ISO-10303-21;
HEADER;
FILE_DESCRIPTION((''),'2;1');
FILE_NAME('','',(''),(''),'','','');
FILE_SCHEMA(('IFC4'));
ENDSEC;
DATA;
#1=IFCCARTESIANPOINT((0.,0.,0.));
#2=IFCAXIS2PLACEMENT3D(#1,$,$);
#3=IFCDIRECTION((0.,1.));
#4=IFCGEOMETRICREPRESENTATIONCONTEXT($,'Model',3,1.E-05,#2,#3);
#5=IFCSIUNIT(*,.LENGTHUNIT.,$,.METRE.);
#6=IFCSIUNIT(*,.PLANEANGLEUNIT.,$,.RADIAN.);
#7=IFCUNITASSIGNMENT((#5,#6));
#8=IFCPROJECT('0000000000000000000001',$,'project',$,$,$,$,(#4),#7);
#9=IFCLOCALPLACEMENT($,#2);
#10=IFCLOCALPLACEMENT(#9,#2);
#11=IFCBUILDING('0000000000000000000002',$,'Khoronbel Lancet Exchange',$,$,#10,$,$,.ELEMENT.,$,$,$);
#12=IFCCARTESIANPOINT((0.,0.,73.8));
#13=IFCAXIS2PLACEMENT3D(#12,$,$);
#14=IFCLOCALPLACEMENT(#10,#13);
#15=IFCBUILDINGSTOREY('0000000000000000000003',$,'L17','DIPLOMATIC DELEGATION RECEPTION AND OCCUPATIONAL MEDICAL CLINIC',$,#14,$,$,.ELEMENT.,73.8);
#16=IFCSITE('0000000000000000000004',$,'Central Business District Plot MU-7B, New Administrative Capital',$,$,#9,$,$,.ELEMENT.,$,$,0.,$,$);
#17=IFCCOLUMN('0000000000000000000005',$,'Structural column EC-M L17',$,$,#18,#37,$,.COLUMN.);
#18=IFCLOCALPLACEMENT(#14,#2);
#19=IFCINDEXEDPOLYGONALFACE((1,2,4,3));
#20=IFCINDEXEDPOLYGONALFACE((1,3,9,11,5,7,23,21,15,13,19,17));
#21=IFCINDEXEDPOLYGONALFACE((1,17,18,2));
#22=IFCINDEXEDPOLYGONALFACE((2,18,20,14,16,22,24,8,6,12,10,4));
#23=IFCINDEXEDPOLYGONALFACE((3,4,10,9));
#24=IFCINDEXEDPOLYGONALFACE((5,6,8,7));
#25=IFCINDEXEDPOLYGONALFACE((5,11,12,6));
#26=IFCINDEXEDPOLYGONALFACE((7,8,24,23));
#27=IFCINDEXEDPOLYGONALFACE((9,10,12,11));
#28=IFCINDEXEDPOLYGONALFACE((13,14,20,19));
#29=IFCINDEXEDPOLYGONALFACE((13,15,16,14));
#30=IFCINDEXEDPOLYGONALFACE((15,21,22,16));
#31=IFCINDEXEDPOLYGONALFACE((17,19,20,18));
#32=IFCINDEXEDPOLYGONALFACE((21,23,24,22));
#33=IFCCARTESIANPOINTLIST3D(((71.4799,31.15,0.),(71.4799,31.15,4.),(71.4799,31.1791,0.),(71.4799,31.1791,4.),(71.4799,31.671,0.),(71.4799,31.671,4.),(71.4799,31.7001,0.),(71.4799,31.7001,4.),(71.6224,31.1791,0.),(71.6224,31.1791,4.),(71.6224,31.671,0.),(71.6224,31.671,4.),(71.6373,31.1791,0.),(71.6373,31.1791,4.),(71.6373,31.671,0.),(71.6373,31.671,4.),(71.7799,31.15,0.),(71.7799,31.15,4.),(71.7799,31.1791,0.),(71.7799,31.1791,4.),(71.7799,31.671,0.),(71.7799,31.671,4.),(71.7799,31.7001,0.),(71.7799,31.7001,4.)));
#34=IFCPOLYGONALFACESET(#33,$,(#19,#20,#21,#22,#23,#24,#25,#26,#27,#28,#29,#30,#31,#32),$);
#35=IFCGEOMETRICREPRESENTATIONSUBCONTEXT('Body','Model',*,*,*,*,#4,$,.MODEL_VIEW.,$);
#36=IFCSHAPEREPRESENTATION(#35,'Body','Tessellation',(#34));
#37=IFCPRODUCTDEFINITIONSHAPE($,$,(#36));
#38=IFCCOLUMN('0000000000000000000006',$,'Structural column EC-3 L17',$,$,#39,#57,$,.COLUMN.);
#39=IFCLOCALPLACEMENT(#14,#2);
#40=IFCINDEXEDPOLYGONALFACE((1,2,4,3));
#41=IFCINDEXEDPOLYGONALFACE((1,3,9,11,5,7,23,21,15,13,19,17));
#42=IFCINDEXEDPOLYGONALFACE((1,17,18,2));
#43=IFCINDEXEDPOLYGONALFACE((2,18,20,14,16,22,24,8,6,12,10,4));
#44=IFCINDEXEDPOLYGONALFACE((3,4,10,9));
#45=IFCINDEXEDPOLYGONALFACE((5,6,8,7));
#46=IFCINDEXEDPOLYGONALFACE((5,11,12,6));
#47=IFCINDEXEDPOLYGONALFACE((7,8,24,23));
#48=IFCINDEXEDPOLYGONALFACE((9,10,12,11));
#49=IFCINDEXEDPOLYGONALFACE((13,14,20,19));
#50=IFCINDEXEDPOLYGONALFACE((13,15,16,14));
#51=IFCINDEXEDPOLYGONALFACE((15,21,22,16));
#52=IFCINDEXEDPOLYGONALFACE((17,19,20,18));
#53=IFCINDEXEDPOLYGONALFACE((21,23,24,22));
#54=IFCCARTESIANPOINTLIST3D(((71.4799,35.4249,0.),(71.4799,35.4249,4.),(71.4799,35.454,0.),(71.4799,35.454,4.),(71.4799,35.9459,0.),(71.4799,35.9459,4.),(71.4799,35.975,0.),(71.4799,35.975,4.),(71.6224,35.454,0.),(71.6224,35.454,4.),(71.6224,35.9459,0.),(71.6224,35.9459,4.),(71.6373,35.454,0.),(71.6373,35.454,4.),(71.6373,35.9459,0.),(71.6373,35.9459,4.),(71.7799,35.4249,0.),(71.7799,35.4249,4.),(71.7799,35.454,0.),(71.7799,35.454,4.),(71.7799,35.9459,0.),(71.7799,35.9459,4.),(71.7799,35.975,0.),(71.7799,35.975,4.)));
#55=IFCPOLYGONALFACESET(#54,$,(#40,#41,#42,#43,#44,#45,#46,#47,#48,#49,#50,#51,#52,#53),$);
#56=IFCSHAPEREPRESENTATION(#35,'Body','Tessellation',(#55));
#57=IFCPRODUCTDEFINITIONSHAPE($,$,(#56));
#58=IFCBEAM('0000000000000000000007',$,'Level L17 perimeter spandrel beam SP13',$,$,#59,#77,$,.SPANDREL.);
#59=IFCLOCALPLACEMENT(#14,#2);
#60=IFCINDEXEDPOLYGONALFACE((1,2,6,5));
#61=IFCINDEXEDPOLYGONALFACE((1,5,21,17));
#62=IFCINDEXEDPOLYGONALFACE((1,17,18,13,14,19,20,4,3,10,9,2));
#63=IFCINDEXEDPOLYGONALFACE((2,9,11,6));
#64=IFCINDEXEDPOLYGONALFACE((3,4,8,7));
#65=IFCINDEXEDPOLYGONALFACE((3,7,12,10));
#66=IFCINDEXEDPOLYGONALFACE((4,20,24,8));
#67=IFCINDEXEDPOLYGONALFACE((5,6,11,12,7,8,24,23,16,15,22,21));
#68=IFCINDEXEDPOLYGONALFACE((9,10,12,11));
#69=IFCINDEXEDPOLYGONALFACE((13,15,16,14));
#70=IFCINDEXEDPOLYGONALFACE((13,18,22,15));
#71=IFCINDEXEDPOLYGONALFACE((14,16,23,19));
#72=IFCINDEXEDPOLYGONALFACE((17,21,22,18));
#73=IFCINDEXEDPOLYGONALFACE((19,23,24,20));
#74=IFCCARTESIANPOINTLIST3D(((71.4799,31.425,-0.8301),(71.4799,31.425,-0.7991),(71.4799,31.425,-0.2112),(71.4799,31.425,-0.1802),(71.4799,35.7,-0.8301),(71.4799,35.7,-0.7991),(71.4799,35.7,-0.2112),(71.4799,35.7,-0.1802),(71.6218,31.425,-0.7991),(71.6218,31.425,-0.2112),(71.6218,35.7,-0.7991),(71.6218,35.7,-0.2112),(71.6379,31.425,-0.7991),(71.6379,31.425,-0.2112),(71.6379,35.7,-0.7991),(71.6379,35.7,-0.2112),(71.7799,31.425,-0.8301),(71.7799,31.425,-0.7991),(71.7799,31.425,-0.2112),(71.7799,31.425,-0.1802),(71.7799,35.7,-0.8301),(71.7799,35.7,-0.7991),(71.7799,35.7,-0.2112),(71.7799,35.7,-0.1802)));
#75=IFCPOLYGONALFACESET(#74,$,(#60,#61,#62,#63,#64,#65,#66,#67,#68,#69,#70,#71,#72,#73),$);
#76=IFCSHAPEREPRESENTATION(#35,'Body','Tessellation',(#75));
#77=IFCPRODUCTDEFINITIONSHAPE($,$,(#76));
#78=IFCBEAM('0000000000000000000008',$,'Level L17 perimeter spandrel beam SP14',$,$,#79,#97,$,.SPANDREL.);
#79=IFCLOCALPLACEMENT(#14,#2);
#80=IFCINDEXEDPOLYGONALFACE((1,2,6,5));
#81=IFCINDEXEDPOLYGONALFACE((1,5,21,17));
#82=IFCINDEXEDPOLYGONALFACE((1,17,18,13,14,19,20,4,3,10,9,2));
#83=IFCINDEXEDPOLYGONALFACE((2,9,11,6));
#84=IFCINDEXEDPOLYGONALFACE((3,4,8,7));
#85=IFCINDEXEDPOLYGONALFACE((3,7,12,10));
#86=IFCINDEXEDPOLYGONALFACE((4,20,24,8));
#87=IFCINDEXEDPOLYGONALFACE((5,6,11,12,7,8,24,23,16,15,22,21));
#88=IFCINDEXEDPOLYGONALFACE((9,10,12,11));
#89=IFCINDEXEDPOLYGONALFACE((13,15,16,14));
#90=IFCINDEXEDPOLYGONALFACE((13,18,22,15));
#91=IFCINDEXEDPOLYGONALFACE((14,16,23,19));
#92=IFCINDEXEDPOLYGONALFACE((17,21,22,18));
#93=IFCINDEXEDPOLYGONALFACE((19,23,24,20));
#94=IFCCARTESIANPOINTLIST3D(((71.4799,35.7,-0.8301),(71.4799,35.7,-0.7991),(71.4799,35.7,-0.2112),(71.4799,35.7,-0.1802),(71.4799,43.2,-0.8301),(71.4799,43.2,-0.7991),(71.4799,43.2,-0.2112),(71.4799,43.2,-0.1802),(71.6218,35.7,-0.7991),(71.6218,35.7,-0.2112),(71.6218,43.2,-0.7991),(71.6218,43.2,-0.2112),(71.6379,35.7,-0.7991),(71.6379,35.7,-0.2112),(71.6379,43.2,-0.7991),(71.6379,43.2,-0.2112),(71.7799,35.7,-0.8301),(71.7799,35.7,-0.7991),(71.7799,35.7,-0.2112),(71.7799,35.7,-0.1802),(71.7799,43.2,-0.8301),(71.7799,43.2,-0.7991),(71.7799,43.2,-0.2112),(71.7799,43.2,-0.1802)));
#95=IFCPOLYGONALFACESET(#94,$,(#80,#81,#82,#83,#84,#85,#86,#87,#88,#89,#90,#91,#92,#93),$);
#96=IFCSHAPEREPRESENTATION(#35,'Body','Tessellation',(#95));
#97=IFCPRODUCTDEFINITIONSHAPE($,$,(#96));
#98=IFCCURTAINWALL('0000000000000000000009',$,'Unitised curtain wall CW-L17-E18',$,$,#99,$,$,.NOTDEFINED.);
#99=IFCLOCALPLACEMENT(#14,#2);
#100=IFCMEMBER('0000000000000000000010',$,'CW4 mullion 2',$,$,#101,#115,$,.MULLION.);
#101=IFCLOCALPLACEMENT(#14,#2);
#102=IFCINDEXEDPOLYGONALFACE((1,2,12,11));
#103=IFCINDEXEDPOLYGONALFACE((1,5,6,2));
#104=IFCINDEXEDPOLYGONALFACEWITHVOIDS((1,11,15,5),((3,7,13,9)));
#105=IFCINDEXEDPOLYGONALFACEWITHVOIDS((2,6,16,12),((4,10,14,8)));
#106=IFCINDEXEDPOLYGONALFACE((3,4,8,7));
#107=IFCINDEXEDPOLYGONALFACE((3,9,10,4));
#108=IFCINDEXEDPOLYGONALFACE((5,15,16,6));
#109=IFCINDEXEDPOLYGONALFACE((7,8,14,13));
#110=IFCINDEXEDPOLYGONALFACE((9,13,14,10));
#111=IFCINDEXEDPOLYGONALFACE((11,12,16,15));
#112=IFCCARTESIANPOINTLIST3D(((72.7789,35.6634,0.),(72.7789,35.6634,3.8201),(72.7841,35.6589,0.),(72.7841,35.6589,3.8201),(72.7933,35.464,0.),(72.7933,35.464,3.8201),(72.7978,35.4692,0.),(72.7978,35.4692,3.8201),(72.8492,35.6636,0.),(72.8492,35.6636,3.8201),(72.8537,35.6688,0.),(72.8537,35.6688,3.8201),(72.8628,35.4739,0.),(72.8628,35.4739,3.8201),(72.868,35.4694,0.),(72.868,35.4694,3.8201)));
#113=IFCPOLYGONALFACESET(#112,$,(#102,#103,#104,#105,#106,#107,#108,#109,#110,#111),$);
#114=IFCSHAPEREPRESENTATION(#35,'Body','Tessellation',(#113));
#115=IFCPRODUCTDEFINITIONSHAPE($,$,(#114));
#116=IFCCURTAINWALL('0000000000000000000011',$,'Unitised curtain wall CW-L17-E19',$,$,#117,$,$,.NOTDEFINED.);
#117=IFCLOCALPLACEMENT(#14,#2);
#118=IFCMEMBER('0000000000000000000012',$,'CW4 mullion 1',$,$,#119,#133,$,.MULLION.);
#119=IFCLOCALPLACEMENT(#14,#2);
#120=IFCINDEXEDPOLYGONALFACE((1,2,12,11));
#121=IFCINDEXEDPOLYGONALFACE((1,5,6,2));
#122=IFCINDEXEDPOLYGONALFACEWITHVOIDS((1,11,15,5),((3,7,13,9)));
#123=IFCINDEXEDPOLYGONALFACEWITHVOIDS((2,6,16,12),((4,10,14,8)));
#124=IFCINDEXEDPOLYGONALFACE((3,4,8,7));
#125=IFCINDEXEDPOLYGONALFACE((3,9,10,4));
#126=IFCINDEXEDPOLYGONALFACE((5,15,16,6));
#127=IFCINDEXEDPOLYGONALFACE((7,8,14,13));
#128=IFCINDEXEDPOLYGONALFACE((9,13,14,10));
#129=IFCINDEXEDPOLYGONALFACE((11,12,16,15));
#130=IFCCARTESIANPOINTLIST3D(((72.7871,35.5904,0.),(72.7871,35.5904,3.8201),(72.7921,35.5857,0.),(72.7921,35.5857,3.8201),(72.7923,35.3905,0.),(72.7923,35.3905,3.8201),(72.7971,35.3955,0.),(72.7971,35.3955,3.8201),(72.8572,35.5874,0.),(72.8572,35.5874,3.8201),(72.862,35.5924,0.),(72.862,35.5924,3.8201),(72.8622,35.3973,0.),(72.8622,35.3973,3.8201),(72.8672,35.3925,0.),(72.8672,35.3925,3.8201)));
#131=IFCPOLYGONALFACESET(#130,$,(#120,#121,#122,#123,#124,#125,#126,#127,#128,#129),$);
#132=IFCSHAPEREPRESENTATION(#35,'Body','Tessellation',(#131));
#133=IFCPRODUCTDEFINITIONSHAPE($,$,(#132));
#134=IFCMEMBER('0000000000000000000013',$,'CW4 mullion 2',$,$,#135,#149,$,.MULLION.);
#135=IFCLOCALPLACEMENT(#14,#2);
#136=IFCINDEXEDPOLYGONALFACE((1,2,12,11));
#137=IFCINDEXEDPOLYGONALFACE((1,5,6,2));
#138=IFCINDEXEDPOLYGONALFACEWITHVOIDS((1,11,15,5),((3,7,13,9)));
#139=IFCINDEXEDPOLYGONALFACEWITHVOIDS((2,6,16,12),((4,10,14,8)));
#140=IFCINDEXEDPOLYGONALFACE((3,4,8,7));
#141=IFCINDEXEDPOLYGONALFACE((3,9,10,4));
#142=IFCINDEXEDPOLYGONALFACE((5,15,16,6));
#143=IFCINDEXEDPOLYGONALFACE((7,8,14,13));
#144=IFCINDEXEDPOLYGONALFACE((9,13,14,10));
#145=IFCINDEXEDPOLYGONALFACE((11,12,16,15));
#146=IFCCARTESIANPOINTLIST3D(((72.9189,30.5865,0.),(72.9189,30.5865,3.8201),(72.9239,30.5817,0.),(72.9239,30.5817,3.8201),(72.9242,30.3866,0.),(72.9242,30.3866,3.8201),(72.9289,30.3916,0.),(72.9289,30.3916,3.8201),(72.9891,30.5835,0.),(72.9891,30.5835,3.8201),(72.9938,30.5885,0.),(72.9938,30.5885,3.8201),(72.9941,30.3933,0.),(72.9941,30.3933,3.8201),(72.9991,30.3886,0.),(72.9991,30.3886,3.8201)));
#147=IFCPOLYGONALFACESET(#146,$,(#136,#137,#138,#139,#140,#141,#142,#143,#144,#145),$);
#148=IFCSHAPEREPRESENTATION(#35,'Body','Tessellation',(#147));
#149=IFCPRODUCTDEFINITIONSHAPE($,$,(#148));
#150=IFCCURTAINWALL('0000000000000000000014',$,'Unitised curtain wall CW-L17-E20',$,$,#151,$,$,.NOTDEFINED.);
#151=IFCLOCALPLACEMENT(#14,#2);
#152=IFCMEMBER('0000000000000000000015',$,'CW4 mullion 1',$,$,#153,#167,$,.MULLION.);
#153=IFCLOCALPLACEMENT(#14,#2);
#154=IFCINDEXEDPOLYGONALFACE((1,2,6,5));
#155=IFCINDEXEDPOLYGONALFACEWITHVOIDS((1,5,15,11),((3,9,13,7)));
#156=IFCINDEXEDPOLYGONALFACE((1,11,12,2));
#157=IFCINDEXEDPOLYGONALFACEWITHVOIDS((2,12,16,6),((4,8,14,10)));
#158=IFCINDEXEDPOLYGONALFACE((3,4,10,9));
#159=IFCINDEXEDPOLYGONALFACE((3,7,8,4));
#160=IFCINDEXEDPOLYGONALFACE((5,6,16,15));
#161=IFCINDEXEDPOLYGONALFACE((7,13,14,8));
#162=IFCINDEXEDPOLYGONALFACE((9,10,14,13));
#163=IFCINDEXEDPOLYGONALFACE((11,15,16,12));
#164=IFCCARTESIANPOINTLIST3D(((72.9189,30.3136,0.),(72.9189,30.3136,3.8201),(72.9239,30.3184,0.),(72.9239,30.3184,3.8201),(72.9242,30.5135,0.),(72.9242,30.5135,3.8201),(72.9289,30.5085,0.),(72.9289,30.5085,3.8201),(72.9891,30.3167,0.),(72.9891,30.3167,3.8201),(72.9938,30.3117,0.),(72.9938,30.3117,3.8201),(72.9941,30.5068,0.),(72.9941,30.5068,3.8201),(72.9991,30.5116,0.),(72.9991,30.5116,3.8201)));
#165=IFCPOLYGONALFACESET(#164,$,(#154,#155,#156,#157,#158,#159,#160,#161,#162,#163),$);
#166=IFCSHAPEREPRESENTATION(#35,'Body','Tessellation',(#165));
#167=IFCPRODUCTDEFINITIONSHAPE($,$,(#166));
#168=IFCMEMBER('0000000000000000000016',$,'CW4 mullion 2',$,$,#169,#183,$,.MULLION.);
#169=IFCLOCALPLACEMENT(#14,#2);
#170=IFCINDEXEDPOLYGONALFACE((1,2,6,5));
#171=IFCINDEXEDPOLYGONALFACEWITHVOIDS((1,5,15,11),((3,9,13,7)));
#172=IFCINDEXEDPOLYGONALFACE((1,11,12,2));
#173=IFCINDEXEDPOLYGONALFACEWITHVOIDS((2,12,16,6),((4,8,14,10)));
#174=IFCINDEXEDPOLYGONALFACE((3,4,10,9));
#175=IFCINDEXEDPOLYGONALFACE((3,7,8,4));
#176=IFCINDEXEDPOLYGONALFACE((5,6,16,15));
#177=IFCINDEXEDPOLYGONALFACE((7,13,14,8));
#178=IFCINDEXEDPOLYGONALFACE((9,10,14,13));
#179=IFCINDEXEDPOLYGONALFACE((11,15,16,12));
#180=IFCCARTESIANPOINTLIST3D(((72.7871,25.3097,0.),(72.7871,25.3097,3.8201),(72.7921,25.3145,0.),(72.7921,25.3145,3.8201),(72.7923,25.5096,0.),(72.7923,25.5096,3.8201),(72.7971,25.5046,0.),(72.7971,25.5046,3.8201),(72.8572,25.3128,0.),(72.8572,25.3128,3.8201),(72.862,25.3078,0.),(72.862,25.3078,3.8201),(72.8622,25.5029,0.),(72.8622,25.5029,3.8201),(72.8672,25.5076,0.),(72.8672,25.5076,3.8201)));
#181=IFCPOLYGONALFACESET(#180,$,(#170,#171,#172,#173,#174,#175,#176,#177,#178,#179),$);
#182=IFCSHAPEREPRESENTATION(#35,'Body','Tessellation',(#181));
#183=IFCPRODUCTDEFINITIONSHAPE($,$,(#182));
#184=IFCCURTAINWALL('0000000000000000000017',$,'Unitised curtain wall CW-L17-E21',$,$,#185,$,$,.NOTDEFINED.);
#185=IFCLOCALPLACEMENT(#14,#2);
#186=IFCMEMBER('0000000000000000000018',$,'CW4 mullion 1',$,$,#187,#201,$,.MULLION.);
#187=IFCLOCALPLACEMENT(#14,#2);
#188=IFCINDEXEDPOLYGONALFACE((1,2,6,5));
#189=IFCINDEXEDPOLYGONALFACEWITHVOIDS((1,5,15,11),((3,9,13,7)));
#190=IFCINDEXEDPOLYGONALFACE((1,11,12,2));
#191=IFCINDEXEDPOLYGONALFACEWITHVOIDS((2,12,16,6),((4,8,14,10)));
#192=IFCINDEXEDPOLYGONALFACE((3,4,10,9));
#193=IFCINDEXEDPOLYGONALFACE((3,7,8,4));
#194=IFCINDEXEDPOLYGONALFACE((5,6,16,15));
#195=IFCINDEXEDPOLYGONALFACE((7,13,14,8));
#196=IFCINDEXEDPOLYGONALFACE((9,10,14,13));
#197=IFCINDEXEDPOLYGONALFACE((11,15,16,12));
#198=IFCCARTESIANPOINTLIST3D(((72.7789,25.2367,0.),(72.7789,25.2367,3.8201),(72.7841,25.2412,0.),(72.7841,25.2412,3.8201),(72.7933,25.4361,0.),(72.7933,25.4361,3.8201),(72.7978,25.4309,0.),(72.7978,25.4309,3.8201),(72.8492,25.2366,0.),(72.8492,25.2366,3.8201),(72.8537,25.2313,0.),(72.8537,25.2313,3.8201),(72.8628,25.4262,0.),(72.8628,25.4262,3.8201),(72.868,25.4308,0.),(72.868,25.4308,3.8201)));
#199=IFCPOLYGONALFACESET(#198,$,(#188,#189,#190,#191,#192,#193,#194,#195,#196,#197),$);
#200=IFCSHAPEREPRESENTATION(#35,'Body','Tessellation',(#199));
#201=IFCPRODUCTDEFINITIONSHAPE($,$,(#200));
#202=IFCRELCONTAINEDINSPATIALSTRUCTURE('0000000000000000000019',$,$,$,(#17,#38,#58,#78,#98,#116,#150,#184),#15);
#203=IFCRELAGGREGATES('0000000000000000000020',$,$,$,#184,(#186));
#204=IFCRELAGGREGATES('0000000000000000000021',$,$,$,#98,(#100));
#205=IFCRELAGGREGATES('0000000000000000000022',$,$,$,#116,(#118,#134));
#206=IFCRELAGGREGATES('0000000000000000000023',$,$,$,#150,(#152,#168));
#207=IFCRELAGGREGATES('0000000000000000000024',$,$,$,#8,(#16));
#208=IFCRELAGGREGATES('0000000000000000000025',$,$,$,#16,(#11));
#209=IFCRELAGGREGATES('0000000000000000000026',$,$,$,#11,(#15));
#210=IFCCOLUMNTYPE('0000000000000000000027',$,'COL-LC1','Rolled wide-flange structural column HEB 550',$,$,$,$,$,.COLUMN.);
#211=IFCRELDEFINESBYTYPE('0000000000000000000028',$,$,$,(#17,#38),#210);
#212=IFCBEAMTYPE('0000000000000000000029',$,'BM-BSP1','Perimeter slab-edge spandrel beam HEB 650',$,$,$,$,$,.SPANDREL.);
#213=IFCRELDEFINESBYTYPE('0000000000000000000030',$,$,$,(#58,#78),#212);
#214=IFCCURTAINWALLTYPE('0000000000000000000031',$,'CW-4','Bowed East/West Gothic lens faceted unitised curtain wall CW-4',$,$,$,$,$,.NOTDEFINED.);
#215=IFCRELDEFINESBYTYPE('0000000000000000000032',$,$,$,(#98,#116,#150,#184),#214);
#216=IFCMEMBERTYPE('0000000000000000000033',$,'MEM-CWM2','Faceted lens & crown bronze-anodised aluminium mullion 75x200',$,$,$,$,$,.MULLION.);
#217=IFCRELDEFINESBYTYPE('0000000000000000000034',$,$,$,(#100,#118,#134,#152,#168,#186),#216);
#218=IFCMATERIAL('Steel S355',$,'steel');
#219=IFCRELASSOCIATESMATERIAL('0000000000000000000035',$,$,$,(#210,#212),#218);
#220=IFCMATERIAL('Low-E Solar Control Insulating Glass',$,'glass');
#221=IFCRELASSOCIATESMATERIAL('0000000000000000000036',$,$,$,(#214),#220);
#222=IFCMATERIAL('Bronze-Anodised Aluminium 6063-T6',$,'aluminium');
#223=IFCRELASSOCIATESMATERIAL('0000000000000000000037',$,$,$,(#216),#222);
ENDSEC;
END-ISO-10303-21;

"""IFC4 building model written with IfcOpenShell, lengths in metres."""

from ifc_helpers import new_model, si_unit, direction, frame, origin, origin_2d, place, context, subcontext, project, spatial, hollow_rectangle, i_section, extrude, material, material_profile, profile_set, type_object, element, aggregate, save


model = new_model("IFC4")

# Units and contexts
model_context = context("Model", 3, precision=1e-05, world=origin(), true_north=direction((0.0, 1.0)))
body_context = subcontext(model_context, "Body", "Model", "MODEL_VIEW")
ifc_project = project(units=[si_unit("LENGTHUNIT", "METRE"), si_unit("PLANEANGLEUNIT", "RADIAN")], contexts=[model_context])

# Site, building, storey
site_placement = place(None, origin())
site = spatial("IfcSite", under=ifc_project, at=site_placement, Name="Central Business District Plot MU-7B, New Administrative Capital", CompositionType="ELEMENT", RefElevation=0.0)
building_placement = place(site_placement, origin())
building = spatial("IfcBuilding", under=site, at=building_placement, Name="Khoronbel Lancet Exchange", CompositionType="ELEMENT")
storey_placement = place(building_placement, frame((0.0, 0.0, 73.8)))
storey = spatial("IfcBuildingStorey", under=building, at=storey_placement, Name="L17", Description="DIPLOMATIC DELEGATION RECEPTION AND OCCUPATIONAL MEDICAL CLINIC", CompositionType="ELEMENT", Elevation=73.8)

# Columns
ifc_material_1 = material(Name="Steel S355", Category="steel")
ifc_material_profile_1 = material_profile(ifc_material_1, i_section(OverallWidth=0.3, OverallDepth=0.55, WebThickness=0.0149, FlangeThickness=0.0291, at=origin_2d()), Name="HEB 550")
ifc_profile_set_1 = profile_set([ifc_material_profile_1], Name="Steel S355")
column_type = type_object("IfcColumnType", Name="COL-LC1", Description="Rolled wide-flange structural column HEB 550", PredefinedType="COLUMN", material=ifc_profile_set_1)
for number, where, z_axis, x_axis, name in (
    (1, (71.6299, 31.425, 0.0), (0.0, 0.0, 1.0), (1.0, 0.0, 0.0), "Structural column EC-M L17"),
    (2, (71.6299, 35.7, 0.0), (0.0, 0.0, 1.0), (1.0, 0.0, 0.0), "Structural column EC-3 L17"),
):
    element("IfcColumn", number, at=place(storey_placement, frame(where, z_axis=z_axis, x_axis=x_axis)), inside=storey, type_object=column_type, Name=name, PredefinedType="COLUMN", context=body_context, shape_type="SweptSolid", body=[
        extrude(i_section(OverallWidth=0.3, OverallDepth=0.55, WebThickness=0.0149, FlangeThickness=0.0291, at=origin_2d()), origin(), (0.0, 0.0, 1.0), 4.0),
    ])

# Beams
ifc_material_profile_2 = material_profile(ifc_material_1, i_section(OverallWidth=0.3, OverallDepth=0.6499, WebThickness=0.0161, FlangeThickness=0.031, at=origin_2d()), Name="HEB 650")
ifc_profile_set_2 = profile_set([ifc_material_profile_2], Name="Steel S355")
beam_type = type_object("IfcBeamType", Name="BM-BSP1", Description="Perimeter slab-edge spandrel beam HEB 650", PredefinedType="SPANDREL", material=ifc_profile_set_2)
beam_1_placement = place(storey_placement, frame((71.6299, 31.425, -0.5051), z_axis=(0.0, 1.0, 0.0), x_axis=(-1.0, 0.0, 0.0)))
element("IfcBeam", 3, at=beam_1_placement, inside=storey, type_object=beam_type, Name="Level L17 perimeter spandrel beam SP13", PredefinedType="SPANDREL", context=body_context, shape_type="SweptSolid", body=[
    extrude(i_section(OverallWidth=0.3, OverallDepth=0.6499, WebThickness=0.0161, FlangeThickness=0.031, at=origin_2d()), origin(), (0.0, 0.0, 1.0), 4.2749),
])
beam_2_placement = place(storey_placement, frame((71.6299, 35.7, -0.5051), z_axis=(0.0, 1.0, 0.0), x_axis=(-1.0, 0.0, 0.0)))
element("IfcBeam", 4, at=beam_2_placement, inside=storey, type_object=beam_type, Name="Level L17 perimeter spandrel beam SP14", PredefinedType="SPANDREL", context=body_context, shape_type="SweptSolid", body=[
    extrude(i_section(OverallWidth=0.3, OverallDepth=0.6499, WebThickness=0.0161, FlangeThickness=0.031, at=origin_2d()), origin(), (0.0, 0.0, 1.0), 7.5),
])

# Curtain wall, member
ifc_material_2 = material(Name="Low-E Solar Control Insulating Glass", Category="glass")
curtain_wall_type = type_object("IfcCurtainWallType", Name="CW-4", Description="Bowed East/West Gothic lens faceted unitised curtain wall CW-4", PredefinedType="NOTDEFINED", material=ifc_material_2)
curtain_wall_1_placement = place(storey_placement, origin())
curtain_wall_1 = element("IfcCurtainWall", 5, at=curtain_wall_1_placement, inside=storey, type_object=curtain_wall_type, Name="Unitised curtain wall CW-L17-E18", PredefinedType="NOTDEFINED")
ifc_material_3 = material(Name="Bronze-Anodised Aluminium 6063-T6", Category="aluminium")
ifc_material_profile_3 = material_profile(ifc_material_3, hollow_rectangle(XDim=0.075, YDim=0.2, WallThickness=0.0049, at=origin_2d()), Name="ALU MULLION 75x200")
ifc_profile_set_3 = profile_set([ifc_material_profile_3], Name="Bronze-Anodised Aluminium 6063-T6")
member_type_1 = type_object("IfcMemberType", Name="MEM-CWM2", Description="Faceted lens & crown bronze-anodised aluminium mullion 75x200", PredefinedType="MULLION", material=ifc_profile_set_3)
member_1_placement = place(storey_placement, frame((72.8235, 35.5664, 0.0), z_axis=(0.0, 0.0, 1.0), x_axis=(0.997418, 0.071819, 0.0)))
member_1 = element("IfcMember", 6, at=member_1_placement, type_object=member_type_1, Name="CW4 mullion 2", PredefinedType="MULLION", context=body_context, shape_type="SweptSolid", body=[
    extrude(hollow_rectangle(XDim=0.075, YDim=0.2, WallThickness=0.0049, at=origin_2d()), origin(), (0.0, 0.0, 1.0), 3.8201),
])

# Curtain walls, members
curtain_wall_2_placement = place(storey_placement, origin())
curtain_wall_2 = element("IfcCurtainWall", 7, at=curtain_wall_2_placement, inside=storey, type_object=curtain_wall_type, Name="Unitised curtain wall CW-L17-E19", PredefinedType="NOTDEFINED")
member_2_placement = place(storey_placement, frame((72.8271, 35.4915, 0.0), z_axis=(0.0, 0.0, 1.0), x_axis=(0.999653, 0.026355, 0.0)))
member_2 = element("IfcMember", 8, at=member_2_placement, type_object=member_type_1, Name="CW4 mullion 1", PredefinedType="MULLION", context=body_context, shape_type="SweptSolid", body=[
    extrude(hollow_rectangle(XDim=0.075, YDim=0.2, WallThickness=0.0049, at=origin_2d()), origin(), (0.0, 0.0, 1.0), 3.8201),
])
member_3_placement = place(storey_placement, frame((72.959, 30.4875, 0.0), z_axis=(0.0, 0.0, 1.0), x_axis=(0.999653, 0.026355, 0.0)))
member_3 = element("IfcMember", 9, at=member_3_placement, type_object=member_type_1, Name="CW4 mullion 2", PredefinedType="MULLION", context=body_context, shape_type="SweptSolid", body=[
    extrude(hollow_rectangle(XDim=0.075, YDim=0.2, WallThickness=0.0049, at=origin_2d()), origin(), (0.0, 0.0, 1.0), 3.8201),
])
curtain_wall_3_placement = place(storey_placement, origin())
curtain_wall_3 = element("IfcCurtainWall", 10, at=curtain_wall_3_placement, inside=storey, type_object=curtain_wall_type, Name="Unitised curtain wall CW-L17-E20", PredefinedType="NOTDEFINED")
member_4_placement = place(storey_placement, frame((72.959, 30.4126, 0.0), z_axis=(0.0, 0.0, 1.0), x_axis=(0.999653, -0.026355, 0.0)))
member_4 = element("IfcMember", 11, at=member_4_placement, type_object=member_type_1, Name="CW4 mullion 1", PredefinedType="MULLION", context=body_context, shape_type="SweptSolid", body=[
    extrude(hollow_rectangle(XDim=0.075, YDim=0.2, WallThickness=0.0049, at=origin_2d()), origin(), (0.0, 0.0, 1.0), 3.8201),
])
member_5_placement = place(storey_placement, frame((72.8271, 25.4087, 0.0), z_axis=(0.0, 0.0, 1.0), x_axis=(0.999653, -0.026355, 0.0)))
member_5 = element("IfcMember", 12, at=member_5_placement, type_object=member_type_1, Name="CW4 mullion 2", PredefinedType="MULLION", context=body_context, shape_type="SweptSolid", body=[
    extrude(hollow_rectangle(XDim=0.075, YDim=0.2, WallThickness=0.0049, at=origin_2d()), origin(), (0.0, 0.0, 1.0), 3.8201),
])

# Curtain wall, member
curtain_wall_4_placement = place(storey_placement, origin())
curtain_wall_4 = element("IfcCurtainWall", 13, at=curtain_wall_4_placement, inside=storey, type_object=curtain_wall_type, Name="Unitised curtain wall CW-L17-E21", PredefinedType="NOTDEFINED")
member_6_placement = place(storey_placement, frame((72.8235, 25.3337, 0.0), z_axis=(0.0, 0.0, 1.0), x_axis=(0.997418, -0.071819, 0.0)))
member_6 = element("IfcMember", 14, at=member_6_placement, type_object=member_type_1, Name="CW4 mullion 1", PredefinedType="MULLION", context=body_context, shape_type="SweptSolid", body=[
    extrude(hollow_rectangle(XDim=0.075, YDim=0.2, WallThickness=0.0049, at=origin_2d()), origin(), (0.0, 0.0, 1.0), 3.8201),
])

aggregate(curtain_wall_4, [member_6])

aggregate(curtain_wall_1, [member_1])
aggregate(curtain_wall_2, [member_2, member_3])
aggregate(curtain_wall_3, [member_4, member_5])

save(model, "model.ifc")
